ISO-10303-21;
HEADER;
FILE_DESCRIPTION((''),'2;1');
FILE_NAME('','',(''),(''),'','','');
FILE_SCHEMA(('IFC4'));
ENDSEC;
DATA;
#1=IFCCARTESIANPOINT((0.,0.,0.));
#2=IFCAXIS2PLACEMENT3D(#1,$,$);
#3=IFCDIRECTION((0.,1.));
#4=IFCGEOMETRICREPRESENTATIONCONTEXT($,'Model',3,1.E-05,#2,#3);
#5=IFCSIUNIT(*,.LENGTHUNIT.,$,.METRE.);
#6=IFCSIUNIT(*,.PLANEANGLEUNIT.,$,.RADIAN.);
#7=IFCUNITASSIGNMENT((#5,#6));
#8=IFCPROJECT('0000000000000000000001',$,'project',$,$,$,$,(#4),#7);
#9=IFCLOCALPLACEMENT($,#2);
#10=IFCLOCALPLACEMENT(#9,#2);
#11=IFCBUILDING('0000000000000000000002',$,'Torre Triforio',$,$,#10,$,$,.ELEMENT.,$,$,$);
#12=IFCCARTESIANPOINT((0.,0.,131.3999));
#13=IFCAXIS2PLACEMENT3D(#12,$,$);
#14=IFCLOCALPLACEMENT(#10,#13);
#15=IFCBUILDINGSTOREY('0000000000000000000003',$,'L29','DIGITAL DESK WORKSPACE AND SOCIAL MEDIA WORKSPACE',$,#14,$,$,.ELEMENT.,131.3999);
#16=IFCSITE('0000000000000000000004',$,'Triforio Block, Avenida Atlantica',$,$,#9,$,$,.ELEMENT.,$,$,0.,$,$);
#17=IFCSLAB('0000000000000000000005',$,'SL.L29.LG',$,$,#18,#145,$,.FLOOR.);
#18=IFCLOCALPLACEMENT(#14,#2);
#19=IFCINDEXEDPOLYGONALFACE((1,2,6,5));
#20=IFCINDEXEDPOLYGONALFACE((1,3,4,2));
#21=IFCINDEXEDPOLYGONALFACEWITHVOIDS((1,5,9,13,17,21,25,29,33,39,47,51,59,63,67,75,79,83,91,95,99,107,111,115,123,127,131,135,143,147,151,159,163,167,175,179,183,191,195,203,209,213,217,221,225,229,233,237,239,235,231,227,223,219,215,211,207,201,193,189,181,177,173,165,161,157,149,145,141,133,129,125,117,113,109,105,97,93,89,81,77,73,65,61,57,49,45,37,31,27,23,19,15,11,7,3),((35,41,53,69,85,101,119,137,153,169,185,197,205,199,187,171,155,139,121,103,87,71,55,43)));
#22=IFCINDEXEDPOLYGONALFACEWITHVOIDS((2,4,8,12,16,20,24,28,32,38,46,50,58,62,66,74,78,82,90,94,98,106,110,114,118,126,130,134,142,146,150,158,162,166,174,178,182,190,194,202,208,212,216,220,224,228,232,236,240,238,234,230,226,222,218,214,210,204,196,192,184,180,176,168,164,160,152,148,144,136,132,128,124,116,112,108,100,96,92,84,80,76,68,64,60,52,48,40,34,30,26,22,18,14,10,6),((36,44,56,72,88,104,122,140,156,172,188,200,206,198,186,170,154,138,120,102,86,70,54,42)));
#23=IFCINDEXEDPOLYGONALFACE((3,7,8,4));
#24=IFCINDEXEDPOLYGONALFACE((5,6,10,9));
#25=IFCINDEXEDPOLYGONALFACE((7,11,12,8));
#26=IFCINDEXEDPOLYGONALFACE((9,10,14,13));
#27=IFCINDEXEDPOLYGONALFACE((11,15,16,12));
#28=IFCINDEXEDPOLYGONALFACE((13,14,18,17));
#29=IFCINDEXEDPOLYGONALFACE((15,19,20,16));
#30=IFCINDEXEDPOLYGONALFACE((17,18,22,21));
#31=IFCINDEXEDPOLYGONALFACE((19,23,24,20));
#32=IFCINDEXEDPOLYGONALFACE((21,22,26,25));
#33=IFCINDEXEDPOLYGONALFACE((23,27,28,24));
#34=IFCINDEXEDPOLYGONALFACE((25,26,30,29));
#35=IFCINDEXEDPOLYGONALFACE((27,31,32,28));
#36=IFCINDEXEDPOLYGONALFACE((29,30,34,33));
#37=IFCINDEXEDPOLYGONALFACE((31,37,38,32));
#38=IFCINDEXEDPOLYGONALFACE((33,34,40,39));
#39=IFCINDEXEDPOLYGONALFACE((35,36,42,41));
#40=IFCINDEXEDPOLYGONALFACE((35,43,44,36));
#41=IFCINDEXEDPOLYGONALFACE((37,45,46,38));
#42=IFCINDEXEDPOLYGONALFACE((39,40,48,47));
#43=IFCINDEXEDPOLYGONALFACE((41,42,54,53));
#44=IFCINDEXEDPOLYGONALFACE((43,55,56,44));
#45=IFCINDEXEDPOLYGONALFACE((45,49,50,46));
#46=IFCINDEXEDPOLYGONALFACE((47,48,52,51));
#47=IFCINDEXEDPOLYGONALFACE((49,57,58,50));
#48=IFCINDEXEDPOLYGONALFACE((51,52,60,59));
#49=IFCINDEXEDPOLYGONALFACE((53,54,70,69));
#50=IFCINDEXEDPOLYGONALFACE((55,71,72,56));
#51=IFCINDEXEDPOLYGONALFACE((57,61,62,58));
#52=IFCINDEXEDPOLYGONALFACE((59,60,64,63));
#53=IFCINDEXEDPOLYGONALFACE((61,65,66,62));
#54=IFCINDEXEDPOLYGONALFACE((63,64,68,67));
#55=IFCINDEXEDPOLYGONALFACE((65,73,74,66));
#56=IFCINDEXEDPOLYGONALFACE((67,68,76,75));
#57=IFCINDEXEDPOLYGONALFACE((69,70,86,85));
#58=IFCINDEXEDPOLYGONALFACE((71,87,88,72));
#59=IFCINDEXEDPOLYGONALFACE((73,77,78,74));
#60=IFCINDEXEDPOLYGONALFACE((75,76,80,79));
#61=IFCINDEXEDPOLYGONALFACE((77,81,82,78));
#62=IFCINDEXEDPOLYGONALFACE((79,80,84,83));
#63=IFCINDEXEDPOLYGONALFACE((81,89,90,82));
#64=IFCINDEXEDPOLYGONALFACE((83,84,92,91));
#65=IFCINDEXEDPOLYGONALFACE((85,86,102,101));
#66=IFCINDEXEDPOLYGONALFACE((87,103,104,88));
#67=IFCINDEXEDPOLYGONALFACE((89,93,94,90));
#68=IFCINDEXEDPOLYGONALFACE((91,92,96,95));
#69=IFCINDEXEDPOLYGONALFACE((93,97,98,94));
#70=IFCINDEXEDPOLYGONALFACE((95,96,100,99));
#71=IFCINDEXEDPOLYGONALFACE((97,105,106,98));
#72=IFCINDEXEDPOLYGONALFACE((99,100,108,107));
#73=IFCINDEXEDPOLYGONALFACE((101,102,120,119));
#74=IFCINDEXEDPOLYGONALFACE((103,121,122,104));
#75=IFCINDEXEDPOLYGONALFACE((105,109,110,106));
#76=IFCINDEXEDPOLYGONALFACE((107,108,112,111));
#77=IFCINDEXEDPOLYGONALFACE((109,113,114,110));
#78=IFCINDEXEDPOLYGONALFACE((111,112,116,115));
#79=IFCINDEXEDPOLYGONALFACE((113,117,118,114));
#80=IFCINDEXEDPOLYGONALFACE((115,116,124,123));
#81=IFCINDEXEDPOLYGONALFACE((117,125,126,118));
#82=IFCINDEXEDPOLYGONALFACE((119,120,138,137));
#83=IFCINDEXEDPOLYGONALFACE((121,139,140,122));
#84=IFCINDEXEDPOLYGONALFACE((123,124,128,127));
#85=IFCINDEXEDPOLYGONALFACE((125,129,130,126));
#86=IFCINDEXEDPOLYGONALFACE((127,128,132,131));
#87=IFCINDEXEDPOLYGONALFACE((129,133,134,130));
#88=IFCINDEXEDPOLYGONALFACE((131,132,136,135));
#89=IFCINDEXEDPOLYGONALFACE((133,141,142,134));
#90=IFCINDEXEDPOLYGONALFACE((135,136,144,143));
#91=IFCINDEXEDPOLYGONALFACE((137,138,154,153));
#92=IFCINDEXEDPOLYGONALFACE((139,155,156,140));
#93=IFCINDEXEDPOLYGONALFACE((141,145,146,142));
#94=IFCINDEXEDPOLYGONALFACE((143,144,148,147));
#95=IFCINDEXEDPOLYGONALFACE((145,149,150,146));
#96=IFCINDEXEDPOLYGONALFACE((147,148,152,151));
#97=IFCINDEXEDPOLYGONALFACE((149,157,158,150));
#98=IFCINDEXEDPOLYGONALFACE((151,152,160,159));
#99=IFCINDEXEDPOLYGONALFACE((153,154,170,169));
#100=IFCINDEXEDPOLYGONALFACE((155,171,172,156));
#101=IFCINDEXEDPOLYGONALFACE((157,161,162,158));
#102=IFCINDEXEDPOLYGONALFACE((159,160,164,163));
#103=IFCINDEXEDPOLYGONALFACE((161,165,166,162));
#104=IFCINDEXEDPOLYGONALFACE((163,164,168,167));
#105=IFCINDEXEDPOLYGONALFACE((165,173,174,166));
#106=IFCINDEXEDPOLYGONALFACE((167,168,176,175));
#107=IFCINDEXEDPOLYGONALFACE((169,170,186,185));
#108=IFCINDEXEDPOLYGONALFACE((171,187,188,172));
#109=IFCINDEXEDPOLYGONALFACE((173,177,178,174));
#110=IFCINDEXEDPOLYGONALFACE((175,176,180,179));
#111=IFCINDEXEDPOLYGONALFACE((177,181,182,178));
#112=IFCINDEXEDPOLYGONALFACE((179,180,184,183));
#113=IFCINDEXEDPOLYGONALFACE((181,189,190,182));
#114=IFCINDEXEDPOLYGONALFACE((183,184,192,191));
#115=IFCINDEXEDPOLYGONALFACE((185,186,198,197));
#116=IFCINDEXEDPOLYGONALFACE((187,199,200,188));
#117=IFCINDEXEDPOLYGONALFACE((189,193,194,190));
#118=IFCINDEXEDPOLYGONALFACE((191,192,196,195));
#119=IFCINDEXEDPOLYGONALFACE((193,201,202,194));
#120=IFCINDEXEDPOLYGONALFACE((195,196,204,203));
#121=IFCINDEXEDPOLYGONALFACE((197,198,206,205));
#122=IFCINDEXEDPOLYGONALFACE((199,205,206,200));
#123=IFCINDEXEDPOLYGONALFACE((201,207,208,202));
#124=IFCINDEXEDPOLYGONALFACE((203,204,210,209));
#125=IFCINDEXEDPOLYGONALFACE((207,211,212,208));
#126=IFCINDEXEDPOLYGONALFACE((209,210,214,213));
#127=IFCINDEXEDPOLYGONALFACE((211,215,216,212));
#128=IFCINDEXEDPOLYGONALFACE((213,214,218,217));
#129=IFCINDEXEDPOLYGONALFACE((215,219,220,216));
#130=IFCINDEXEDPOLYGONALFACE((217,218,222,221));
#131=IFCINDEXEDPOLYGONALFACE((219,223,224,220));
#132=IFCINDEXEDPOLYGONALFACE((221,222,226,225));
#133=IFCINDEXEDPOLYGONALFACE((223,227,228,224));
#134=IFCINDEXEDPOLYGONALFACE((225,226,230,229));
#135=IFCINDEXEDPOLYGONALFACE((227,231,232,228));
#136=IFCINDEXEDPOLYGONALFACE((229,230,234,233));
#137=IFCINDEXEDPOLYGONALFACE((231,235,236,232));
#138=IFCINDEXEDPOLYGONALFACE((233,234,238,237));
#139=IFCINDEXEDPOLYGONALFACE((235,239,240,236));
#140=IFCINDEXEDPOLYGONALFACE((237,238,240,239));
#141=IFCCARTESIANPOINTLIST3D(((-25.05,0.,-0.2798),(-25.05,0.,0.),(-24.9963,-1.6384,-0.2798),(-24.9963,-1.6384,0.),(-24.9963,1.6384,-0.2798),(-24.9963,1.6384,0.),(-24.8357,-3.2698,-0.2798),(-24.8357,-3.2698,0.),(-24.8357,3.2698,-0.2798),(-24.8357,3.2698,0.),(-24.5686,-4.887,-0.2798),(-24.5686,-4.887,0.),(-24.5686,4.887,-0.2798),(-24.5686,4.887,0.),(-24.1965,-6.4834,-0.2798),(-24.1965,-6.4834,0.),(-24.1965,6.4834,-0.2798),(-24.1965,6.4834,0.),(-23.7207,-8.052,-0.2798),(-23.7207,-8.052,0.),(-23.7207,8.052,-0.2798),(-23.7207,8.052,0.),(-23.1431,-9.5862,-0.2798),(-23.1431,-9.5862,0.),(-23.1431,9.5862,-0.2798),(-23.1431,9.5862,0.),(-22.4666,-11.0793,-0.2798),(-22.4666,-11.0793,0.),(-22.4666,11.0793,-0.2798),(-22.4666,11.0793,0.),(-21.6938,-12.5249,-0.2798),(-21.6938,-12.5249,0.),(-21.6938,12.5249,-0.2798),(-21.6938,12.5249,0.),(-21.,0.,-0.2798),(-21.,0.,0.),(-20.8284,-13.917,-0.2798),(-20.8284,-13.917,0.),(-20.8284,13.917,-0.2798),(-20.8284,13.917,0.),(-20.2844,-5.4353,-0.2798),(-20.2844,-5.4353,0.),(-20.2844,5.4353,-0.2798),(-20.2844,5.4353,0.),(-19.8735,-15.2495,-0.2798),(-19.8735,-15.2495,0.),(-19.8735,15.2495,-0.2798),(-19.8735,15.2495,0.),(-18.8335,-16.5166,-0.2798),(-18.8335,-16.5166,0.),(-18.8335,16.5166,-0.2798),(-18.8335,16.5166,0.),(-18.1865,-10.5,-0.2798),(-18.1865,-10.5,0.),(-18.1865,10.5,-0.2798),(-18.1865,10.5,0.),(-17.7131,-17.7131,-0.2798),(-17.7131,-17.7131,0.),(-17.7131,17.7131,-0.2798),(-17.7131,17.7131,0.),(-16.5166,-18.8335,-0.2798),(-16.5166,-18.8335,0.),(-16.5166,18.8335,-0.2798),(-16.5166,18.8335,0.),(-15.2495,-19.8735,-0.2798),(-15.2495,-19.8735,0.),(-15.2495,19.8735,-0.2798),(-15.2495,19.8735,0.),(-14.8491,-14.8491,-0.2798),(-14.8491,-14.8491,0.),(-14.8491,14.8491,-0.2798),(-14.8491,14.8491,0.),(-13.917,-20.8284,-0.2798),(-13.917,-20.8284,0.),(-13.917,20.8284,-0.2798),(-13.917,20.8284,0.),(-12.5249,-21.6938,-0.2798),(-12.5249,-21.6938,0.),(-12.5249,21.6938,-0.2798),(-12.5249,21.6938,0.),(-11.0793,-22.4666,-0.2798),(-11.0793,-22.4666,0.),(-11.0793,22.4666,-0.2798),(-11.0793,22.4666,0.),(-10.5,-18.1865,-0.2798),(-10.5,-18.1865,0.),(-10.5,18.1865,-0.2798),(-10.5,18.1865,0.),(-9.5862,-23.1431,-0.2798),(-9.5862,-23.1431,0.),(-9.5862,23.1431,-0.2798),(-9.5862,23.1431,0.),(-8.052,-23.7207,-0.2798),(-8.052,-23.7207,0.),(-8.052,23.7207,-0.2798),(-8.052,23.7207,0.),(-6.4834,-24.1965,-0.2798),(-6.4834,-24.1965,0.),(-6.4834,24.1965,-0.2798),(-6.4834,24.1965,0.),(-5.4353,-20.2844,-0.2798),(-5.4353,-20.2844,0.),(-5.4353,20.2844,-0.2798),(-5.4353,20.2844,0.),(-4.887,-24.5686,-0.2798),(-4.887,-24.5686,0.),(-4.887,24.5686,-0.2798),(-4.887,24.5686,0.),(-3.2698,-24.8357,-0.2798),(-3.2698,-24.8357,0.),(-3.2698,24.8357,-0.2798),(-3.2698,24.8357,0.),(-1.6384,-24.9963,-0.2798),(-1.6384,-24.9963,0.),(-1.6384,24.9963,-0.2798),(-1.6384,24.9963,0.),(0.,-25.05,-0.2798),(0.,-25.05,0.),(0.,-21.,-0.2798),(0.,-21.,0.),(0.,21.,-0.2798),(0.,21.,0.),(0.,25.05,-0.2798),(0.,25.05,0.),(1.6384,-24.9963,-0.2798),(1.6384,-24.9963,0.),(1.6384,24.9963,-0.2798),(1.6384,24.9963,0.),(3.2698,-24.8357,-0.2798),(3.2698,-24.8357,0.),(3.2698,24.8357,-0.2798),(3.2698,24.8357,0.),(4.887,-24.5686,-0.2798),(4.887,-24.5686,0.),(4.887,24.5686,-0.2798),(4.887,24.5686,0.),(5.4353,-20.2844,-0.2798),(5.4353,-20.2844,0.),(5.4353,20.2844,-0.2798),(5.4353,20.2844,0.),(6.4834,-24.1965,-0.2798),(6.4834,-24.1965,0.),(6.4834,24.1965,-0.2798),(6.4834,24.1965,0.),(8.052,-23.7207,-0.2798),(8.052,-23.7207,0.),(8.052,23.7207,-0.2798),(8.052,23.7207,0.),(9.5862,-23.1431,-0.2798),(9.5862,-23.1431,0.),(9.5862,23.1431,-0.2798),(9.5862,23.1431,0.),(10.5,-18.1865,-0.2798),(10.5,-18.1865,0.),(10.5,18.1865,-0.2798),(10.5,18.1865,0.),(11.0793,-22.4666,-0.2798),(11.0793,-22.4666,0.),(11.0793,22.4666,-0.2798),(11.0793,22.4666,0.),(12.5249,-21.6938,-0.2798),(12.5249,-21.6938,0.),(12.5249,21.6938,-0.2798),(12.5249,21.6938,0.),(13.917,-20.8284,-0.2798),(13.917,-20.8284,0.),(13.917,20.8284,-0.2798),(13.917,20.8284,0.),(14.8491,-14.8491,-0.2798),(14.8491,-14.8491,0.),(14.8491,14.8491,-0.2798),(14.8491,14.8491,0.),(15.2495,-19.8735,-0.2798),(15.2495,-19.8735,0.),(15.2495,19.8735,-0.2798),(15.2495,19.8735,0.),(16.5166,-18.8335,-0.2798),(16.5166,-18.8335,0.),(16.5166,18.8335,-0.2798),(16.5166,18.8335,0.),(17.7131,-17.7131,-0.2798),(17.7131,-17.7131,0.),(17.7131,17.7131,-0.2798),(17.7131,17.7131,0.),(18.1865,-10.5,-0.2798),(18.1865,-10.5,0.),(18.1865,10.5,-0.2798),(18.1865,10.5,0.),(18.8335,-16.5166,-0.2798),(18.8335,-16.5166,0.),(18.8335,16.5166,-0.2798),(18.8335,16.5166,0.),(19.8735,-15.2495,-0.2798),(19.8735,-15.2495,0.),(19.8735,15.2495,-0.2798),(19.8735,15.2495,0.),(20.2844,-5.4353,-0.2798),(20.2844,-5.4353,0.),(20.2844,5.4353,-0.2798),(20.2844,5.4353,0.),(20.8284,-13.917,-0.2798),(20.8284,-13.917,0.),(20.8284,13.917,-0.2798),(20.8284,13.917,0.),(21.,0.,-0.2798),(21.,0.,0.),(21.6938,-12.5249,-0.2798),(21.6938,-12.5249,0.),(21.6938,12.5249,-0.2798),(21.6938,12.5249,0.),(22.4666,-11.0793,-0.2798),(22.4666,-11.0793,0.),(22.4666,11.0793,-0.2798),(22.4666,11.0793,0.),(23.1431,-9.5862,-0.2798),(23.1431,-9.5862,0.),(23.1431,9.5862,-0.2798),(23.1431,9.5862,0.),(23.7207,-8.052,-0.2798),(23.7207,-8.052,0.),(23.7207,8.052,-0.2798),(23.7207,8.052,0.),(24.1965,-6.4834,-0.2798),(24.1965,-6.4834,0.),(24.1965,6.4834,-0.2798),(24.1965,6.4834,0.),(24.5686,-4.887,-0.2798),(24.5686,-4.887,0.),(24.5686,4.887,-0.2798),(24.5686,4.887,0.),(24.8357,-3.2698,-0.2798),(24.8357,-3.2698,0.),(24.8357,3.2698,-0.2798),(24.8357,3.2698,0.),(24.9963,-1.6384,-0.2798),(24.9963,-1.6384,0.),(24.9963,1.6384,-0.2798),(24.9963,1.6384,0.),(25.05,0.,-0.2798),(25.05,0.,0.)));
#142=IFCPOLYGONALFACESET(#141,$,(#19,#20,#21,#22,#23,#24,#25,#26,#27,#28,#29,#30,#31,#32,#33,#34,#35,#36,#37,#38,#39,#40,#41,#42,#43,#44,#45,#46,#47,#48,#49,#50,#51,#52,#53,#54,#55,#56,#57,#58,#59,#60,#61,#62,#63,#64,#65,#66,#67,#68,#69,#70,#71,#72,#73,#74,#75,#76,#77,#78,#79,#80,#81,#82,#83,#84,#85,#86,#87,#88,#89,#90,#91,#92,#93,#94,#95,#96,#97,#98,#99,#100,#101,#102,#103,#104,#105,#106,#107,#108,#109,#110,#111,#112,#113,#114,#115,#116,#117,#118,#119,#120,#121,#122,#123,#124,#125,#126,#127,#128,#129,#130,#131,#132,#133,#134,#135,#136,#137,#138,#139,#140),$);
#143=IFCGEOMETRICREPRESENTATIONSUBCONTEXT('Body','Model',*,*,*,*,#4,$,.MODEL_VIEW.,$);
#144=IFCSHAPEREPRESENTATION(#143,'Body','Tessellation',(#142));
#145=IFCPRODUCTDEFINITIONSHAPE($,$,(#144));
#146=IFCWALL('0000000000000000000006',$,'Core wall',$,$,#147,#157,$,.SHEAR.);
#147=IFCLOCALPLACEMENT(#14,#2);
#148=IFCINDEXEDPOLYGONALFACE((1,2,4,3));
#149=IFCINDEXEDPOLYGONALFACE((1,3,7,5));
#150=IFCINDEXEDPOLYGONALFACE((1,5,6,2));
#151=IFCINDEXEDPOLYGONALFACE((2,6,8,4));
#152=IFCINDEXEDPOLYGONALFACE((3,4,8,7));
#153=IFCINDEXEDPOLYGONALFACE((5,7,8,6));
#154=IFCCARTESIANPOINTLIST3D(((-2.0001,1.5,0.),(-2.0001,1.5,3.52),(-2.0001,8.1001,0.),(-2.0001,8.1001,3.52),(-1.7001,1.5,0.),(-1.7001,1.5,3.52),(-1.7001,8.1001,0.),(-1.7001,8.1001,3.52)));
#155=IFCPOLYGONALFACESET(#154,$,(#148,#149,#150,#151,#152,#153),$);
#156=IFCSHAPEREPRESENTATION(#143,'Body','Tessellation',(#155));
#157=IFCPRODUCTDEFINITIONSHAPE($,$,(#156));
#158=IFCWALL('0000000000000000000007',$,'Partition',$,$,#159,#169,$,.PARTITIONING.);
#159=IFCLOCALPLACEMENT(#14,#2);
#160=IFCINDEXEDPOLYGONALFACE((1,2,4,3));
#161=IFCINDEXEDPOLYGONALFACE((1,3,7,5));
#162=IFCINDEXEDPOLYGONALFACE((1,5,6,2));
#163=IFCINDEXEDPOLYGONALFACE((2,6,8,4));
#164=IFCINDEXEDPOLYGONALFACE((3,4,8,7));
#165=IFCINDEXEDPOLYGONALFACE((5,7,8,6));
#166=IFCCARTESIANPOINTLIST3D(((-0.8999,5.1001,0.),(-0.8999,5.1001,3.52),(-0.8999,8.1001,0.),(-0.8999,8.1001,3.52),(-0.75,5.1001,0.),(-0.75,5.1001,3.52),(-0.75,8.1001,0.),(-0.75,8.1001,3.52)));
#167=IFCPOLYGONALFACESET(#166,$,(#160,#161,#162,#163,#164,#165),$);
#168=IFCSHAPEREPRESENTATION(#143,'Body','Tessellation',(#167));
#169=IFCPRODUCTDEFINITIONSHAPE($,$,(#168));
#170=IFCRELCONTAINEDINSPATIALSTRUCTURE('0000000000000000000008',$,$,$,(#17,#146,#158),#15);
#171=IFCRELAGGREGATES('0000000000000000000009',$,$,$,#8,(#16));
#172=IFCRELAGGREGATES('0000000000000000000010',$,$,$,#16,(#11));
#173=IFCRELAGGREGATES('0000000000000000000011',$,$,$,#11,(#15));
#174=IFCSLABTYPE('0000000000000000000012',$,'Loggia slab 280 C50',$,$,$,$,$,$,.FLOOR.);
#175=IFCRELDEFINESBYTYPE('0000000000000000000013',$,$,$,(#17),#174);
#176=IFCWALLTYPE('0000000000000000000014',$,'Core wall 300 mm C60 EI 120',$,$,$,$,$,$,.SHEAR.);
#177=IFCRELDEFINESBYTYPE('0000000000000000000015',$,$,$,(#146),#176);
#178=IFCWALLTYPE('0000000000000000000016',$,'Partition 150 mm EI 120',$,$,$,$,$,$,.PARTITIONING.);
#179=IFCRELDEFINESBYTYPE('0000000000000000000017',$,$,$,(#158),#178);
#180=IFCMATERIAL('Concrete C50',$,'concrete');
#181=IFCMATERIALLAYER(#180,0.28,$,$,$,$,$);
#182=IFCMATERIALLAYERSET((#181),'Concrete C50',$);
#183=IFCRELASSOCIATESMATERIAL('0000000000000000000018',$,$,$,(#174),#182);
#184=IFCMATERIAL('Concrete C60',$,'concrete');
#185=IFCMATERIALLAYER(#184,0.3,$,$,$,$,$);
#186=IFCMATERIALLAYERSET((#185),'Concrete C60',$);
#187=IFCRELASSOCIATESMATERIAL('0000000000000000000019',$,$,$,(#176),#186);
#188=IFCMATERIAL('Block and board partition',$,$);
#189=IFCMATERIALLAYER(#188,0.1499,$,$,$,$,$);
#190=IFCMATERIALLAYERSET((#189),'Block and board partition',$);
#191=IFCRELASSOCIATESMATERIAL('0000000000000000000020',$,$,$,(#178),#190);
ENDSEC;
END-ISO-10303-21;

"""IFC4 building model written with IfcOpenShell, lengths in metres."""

from ifc_helpers import new_model, si_unit, direction, frame, frame_2d, origin, place, context, subcontext, project, spatial, polyline, rectangle, outline, extrude, material, layer, layer_set, type_object, element, save


model = new_model("IFC4")

# Units and contexts
model_context = context("Model", 3, precision=1e-05, world=origin(), true_north=direction((0.0, 1.0)))
body_context = subcontext(model_context, "Body", "Model", "MODEL_VIEW")
ifc_project = project(units=[si_unit("LENGTHUNIT", "METRE"), si_unit("PLANEANGLEUNIT", "RADIAN")], contexts=[model_context])

# Site, building, storey
site_placement = place(None, origin())
site = spatial("IfcSite", under=ifc_project, at=site_placement, Name="Triforio Block, Avenida Atlantica", CompositionType="ELEMENT", RefElevation=0.0)
building_placement = place(site_placement, origin())
building = spatial("IfcBuilding", under=site, at=building_placement, Name="Torre Triforio", CompositionType="ELEMENT")
storey_placement = place(building_placement, frame((0.0, 0.0, 131.3999)))
storey = spatial("IfcBuildingStorey", under=building, at=storey_placement, Name="L29", Description="DIGITAL DESK WORKSPACE AND SOCIAL MEDIA WORKSPACE", CompositionType="ELEMENT", Elevation=131.3999)

# Slab
ifc_material_1 = material(Name="Concrete C50", Category="concrete")
ifc_layer_1 = layer(ifc_material_1, 0.28)
ifc_layer_set_1 = layer_set([ifc_layer_1], Name="Concrete C50")
slab_type_1 = type_object("IfcSlabType", Name="Loggia slab 280 C50", PredefinedType="FLOOR", material=ifc_layer_set_1)
slab_1_placement = place(storey_placement, frame((0.0, 0.0, -0.2798)))
element("IfcSlab", 1, at=slab_1_placement, inside=storey, type_object=slab_type_1, Name="SL.L29.LG", PredefinedType="FLOOR", context=body_context, shape_type="SweptSolid", body=[
    extrude(outline(polyline([(24.9963, -1.6384), (25.05, 0.0), (24.9963, 1.6384), (24.8357, 3.2698), (24.5686, 4.887), (24.1965, 6.4834), (23.7207, 8.052), (23.1431, 9.5862), (22.4666, 11.0793), (21.6938, 12.5249), (20.8284, 13.917), (19.8735, 15.2495), (18.8335, 16.5166), (17.7131, 17.7131), (16.5166, 18.8335), (15.2495, 19.8735), (13.917, 20.8284), (12.5249, 21.6938), (11.0793, 22.4666), (9.5862, 23.1431), (8.052, 23.7207), (6.4834, 24.1965), (4.887, 24.5686), (3.2698, 24.8357), (1.6384, 24.9963), (0.0, 25.05), (-1.6384, 24.9963), (-3.2698, 24.8357), (-4.887, 24.5686), (-6.4834, 24.1965), (-8.052, 23.7207), (-9.5862, 23.1431), (-11.0793, 22.4666), (-12.5249, 21.6938), (-13.917, 20.8284), (-15.2495, 19.8735), (-16.5166, 18.8335), (-17.7131, 17.7131), (-18.8335, 16.5166), (-19.8735, 15.2495), (-20.8284, 13.917), (-21.6938, 12.5249), (-22.4666, 11.0793), (-23.1431, 9.5862), (-23.7207, 8.052), (-24.1965, 6.4834), (-24.5686, 4.887), (-24.8357, 3.2698), (-24.9963, 1.6384), (-25.05, 0.0), (-24.9963, -1.6384), (-24.8357, -3.2698), (-24.5686, -4.887), (-24.1965, -6.4834), (-23.7207, -8.052), (-23.1431, -9.5862), (-22.4666, -11.0793), (-21.6938, -12.5249), (-20.8284, -13.917), (-19.8735, -15.2495), (-18.8335, -16.5166), (-17.7131, -17.7131), (-16.5166, -18.8335), (-15.2495, -19.8735), (-13.917, -20.8284), (-12.5249, -21.6938), (-11.0793, -22.4666), (-9.5862, -23.1431), (-8.052, -23.7207), (-6.4834, -24.1965), (-4.887, -24.5686), (-3.2698, -24.8357), (-1.6384, -24.9963), (0.0, -25.05), (1.6384, -24.9963), (3.2698, -24.8357), (4.887, -24.5686), (6.4834, -24.1965), (8.052, -23.7207), (9.5862, -23.1431), (11.0793, -22.4666), (12.5249, -21.6938), (13.917, -20.8284), (15.2495, -19.8735), (16.5166, -18.8335), (17.7131, -17.7131), (18.8335, -16.5166), (19.8735, -15.2495), (20.8284, -13.917), (21.6938, -12.5249), (22.4666, -11.0793), (23.1431, -9.5862), (23.7207, -8.052), (24.1965, -6.4834), (24.5686, -4.887), (24.8357, -3.2698), (24.9963, -1.6384)]), holes=[polyline([(20.2844, 5.4353), (21.0, 0.0), (20.2844, -5.4353), (18.1865, -10.5), (14.8491, -14.8491), (10.5, -18.1865), (5.4353, -20.2844), (0.0, -21.0), (-5.4353, -20.2844), (-10.5, -18.1865), (-14.8491, -14.8491), (-18.1865, -10.5), (-20.2844, -5.4353), (-21.0, 0.0), (-20.2844, 5.4353), (-18.1865, 10.5), (-14.8491, 14.8491), (-10.5, 18.1865), (-5.4353, 20.2844), (0.0, 21.0), (5.4353, 20.2844), (10.5, 18.1865), (14.8491, 14.8491), (18.1865, 10.5), (20.2844, 5.4353)])]), origin(), (0.0, 0.0, 1.0), 0.2798),
])

# Walls
ifc_material_2 = material(Name="Concrete C60", Category="concrete")
ifc_layer_2 = layer(ifc_material_2, 0.3)
ifc_layer_set_2 = layer_set([ifc_layer_2], Name="Concrete C60")
wall_type_1 = type_object("IfcWallType", Name="Core wall 300 mm C60 EI 120", PredefinedType="SHEAR", material=ifc_layer_set_2)
wall_1_placement = place(storey_placement, frame((-1.8501, 1.5, 0.0), z_axis=(0.0, 0.0, 1.0), x_axis=(0.0, 1.0, 0.0)))
element("IfcWall", 2, at=wall_1_placement, inside=storey, type_object=wall_type_1, Name="Core wall", PredefinedType="SHEAR", context=body_context, shape_type="SweptSolid", body=[
    extrude(rectangle(XDim=6.6001, YDim=0.3, at=frame_2d((3.3, 0.0))), origin(), (0.0, 0.0, 1.0), 3.52),
])
ifc_material_3 = material(Name="Block and board partition")
ifc_layer_3 = layer(ifc_material_3, 0.1499)
ifc_layer_set_3 = layer_set([ifc_layer_3], Name="Block and board partition")
wall_type_2 = type_object("IfcWallType", Name="Partition 150 mm EI 120", PredefinedType="PARTITIONING", material=ifc_layer_set_3)
wall_2_placement = place(storey_placement, frame((-0.825, 5.1001, 0.0), z_axis=(0.0, 0.0, 1.0), x_axis=(0.0, 1.0, 0.0)))
element("IfcWall", 3, at=wall_2_placement, inside=storey, type_object=wall_type_2, Name="Partition", PredefinedType="PARTITIONING", context=body_context, shape_type="SweptSolid", body=[
    extrude(rectangle(XDim=3.0, YDim=0.1499, at=frame_2d((1.5, 0.0))), origin(), (0.0, 0.0, 1.0), 3.52),
])

save(model, "model.ifc")
